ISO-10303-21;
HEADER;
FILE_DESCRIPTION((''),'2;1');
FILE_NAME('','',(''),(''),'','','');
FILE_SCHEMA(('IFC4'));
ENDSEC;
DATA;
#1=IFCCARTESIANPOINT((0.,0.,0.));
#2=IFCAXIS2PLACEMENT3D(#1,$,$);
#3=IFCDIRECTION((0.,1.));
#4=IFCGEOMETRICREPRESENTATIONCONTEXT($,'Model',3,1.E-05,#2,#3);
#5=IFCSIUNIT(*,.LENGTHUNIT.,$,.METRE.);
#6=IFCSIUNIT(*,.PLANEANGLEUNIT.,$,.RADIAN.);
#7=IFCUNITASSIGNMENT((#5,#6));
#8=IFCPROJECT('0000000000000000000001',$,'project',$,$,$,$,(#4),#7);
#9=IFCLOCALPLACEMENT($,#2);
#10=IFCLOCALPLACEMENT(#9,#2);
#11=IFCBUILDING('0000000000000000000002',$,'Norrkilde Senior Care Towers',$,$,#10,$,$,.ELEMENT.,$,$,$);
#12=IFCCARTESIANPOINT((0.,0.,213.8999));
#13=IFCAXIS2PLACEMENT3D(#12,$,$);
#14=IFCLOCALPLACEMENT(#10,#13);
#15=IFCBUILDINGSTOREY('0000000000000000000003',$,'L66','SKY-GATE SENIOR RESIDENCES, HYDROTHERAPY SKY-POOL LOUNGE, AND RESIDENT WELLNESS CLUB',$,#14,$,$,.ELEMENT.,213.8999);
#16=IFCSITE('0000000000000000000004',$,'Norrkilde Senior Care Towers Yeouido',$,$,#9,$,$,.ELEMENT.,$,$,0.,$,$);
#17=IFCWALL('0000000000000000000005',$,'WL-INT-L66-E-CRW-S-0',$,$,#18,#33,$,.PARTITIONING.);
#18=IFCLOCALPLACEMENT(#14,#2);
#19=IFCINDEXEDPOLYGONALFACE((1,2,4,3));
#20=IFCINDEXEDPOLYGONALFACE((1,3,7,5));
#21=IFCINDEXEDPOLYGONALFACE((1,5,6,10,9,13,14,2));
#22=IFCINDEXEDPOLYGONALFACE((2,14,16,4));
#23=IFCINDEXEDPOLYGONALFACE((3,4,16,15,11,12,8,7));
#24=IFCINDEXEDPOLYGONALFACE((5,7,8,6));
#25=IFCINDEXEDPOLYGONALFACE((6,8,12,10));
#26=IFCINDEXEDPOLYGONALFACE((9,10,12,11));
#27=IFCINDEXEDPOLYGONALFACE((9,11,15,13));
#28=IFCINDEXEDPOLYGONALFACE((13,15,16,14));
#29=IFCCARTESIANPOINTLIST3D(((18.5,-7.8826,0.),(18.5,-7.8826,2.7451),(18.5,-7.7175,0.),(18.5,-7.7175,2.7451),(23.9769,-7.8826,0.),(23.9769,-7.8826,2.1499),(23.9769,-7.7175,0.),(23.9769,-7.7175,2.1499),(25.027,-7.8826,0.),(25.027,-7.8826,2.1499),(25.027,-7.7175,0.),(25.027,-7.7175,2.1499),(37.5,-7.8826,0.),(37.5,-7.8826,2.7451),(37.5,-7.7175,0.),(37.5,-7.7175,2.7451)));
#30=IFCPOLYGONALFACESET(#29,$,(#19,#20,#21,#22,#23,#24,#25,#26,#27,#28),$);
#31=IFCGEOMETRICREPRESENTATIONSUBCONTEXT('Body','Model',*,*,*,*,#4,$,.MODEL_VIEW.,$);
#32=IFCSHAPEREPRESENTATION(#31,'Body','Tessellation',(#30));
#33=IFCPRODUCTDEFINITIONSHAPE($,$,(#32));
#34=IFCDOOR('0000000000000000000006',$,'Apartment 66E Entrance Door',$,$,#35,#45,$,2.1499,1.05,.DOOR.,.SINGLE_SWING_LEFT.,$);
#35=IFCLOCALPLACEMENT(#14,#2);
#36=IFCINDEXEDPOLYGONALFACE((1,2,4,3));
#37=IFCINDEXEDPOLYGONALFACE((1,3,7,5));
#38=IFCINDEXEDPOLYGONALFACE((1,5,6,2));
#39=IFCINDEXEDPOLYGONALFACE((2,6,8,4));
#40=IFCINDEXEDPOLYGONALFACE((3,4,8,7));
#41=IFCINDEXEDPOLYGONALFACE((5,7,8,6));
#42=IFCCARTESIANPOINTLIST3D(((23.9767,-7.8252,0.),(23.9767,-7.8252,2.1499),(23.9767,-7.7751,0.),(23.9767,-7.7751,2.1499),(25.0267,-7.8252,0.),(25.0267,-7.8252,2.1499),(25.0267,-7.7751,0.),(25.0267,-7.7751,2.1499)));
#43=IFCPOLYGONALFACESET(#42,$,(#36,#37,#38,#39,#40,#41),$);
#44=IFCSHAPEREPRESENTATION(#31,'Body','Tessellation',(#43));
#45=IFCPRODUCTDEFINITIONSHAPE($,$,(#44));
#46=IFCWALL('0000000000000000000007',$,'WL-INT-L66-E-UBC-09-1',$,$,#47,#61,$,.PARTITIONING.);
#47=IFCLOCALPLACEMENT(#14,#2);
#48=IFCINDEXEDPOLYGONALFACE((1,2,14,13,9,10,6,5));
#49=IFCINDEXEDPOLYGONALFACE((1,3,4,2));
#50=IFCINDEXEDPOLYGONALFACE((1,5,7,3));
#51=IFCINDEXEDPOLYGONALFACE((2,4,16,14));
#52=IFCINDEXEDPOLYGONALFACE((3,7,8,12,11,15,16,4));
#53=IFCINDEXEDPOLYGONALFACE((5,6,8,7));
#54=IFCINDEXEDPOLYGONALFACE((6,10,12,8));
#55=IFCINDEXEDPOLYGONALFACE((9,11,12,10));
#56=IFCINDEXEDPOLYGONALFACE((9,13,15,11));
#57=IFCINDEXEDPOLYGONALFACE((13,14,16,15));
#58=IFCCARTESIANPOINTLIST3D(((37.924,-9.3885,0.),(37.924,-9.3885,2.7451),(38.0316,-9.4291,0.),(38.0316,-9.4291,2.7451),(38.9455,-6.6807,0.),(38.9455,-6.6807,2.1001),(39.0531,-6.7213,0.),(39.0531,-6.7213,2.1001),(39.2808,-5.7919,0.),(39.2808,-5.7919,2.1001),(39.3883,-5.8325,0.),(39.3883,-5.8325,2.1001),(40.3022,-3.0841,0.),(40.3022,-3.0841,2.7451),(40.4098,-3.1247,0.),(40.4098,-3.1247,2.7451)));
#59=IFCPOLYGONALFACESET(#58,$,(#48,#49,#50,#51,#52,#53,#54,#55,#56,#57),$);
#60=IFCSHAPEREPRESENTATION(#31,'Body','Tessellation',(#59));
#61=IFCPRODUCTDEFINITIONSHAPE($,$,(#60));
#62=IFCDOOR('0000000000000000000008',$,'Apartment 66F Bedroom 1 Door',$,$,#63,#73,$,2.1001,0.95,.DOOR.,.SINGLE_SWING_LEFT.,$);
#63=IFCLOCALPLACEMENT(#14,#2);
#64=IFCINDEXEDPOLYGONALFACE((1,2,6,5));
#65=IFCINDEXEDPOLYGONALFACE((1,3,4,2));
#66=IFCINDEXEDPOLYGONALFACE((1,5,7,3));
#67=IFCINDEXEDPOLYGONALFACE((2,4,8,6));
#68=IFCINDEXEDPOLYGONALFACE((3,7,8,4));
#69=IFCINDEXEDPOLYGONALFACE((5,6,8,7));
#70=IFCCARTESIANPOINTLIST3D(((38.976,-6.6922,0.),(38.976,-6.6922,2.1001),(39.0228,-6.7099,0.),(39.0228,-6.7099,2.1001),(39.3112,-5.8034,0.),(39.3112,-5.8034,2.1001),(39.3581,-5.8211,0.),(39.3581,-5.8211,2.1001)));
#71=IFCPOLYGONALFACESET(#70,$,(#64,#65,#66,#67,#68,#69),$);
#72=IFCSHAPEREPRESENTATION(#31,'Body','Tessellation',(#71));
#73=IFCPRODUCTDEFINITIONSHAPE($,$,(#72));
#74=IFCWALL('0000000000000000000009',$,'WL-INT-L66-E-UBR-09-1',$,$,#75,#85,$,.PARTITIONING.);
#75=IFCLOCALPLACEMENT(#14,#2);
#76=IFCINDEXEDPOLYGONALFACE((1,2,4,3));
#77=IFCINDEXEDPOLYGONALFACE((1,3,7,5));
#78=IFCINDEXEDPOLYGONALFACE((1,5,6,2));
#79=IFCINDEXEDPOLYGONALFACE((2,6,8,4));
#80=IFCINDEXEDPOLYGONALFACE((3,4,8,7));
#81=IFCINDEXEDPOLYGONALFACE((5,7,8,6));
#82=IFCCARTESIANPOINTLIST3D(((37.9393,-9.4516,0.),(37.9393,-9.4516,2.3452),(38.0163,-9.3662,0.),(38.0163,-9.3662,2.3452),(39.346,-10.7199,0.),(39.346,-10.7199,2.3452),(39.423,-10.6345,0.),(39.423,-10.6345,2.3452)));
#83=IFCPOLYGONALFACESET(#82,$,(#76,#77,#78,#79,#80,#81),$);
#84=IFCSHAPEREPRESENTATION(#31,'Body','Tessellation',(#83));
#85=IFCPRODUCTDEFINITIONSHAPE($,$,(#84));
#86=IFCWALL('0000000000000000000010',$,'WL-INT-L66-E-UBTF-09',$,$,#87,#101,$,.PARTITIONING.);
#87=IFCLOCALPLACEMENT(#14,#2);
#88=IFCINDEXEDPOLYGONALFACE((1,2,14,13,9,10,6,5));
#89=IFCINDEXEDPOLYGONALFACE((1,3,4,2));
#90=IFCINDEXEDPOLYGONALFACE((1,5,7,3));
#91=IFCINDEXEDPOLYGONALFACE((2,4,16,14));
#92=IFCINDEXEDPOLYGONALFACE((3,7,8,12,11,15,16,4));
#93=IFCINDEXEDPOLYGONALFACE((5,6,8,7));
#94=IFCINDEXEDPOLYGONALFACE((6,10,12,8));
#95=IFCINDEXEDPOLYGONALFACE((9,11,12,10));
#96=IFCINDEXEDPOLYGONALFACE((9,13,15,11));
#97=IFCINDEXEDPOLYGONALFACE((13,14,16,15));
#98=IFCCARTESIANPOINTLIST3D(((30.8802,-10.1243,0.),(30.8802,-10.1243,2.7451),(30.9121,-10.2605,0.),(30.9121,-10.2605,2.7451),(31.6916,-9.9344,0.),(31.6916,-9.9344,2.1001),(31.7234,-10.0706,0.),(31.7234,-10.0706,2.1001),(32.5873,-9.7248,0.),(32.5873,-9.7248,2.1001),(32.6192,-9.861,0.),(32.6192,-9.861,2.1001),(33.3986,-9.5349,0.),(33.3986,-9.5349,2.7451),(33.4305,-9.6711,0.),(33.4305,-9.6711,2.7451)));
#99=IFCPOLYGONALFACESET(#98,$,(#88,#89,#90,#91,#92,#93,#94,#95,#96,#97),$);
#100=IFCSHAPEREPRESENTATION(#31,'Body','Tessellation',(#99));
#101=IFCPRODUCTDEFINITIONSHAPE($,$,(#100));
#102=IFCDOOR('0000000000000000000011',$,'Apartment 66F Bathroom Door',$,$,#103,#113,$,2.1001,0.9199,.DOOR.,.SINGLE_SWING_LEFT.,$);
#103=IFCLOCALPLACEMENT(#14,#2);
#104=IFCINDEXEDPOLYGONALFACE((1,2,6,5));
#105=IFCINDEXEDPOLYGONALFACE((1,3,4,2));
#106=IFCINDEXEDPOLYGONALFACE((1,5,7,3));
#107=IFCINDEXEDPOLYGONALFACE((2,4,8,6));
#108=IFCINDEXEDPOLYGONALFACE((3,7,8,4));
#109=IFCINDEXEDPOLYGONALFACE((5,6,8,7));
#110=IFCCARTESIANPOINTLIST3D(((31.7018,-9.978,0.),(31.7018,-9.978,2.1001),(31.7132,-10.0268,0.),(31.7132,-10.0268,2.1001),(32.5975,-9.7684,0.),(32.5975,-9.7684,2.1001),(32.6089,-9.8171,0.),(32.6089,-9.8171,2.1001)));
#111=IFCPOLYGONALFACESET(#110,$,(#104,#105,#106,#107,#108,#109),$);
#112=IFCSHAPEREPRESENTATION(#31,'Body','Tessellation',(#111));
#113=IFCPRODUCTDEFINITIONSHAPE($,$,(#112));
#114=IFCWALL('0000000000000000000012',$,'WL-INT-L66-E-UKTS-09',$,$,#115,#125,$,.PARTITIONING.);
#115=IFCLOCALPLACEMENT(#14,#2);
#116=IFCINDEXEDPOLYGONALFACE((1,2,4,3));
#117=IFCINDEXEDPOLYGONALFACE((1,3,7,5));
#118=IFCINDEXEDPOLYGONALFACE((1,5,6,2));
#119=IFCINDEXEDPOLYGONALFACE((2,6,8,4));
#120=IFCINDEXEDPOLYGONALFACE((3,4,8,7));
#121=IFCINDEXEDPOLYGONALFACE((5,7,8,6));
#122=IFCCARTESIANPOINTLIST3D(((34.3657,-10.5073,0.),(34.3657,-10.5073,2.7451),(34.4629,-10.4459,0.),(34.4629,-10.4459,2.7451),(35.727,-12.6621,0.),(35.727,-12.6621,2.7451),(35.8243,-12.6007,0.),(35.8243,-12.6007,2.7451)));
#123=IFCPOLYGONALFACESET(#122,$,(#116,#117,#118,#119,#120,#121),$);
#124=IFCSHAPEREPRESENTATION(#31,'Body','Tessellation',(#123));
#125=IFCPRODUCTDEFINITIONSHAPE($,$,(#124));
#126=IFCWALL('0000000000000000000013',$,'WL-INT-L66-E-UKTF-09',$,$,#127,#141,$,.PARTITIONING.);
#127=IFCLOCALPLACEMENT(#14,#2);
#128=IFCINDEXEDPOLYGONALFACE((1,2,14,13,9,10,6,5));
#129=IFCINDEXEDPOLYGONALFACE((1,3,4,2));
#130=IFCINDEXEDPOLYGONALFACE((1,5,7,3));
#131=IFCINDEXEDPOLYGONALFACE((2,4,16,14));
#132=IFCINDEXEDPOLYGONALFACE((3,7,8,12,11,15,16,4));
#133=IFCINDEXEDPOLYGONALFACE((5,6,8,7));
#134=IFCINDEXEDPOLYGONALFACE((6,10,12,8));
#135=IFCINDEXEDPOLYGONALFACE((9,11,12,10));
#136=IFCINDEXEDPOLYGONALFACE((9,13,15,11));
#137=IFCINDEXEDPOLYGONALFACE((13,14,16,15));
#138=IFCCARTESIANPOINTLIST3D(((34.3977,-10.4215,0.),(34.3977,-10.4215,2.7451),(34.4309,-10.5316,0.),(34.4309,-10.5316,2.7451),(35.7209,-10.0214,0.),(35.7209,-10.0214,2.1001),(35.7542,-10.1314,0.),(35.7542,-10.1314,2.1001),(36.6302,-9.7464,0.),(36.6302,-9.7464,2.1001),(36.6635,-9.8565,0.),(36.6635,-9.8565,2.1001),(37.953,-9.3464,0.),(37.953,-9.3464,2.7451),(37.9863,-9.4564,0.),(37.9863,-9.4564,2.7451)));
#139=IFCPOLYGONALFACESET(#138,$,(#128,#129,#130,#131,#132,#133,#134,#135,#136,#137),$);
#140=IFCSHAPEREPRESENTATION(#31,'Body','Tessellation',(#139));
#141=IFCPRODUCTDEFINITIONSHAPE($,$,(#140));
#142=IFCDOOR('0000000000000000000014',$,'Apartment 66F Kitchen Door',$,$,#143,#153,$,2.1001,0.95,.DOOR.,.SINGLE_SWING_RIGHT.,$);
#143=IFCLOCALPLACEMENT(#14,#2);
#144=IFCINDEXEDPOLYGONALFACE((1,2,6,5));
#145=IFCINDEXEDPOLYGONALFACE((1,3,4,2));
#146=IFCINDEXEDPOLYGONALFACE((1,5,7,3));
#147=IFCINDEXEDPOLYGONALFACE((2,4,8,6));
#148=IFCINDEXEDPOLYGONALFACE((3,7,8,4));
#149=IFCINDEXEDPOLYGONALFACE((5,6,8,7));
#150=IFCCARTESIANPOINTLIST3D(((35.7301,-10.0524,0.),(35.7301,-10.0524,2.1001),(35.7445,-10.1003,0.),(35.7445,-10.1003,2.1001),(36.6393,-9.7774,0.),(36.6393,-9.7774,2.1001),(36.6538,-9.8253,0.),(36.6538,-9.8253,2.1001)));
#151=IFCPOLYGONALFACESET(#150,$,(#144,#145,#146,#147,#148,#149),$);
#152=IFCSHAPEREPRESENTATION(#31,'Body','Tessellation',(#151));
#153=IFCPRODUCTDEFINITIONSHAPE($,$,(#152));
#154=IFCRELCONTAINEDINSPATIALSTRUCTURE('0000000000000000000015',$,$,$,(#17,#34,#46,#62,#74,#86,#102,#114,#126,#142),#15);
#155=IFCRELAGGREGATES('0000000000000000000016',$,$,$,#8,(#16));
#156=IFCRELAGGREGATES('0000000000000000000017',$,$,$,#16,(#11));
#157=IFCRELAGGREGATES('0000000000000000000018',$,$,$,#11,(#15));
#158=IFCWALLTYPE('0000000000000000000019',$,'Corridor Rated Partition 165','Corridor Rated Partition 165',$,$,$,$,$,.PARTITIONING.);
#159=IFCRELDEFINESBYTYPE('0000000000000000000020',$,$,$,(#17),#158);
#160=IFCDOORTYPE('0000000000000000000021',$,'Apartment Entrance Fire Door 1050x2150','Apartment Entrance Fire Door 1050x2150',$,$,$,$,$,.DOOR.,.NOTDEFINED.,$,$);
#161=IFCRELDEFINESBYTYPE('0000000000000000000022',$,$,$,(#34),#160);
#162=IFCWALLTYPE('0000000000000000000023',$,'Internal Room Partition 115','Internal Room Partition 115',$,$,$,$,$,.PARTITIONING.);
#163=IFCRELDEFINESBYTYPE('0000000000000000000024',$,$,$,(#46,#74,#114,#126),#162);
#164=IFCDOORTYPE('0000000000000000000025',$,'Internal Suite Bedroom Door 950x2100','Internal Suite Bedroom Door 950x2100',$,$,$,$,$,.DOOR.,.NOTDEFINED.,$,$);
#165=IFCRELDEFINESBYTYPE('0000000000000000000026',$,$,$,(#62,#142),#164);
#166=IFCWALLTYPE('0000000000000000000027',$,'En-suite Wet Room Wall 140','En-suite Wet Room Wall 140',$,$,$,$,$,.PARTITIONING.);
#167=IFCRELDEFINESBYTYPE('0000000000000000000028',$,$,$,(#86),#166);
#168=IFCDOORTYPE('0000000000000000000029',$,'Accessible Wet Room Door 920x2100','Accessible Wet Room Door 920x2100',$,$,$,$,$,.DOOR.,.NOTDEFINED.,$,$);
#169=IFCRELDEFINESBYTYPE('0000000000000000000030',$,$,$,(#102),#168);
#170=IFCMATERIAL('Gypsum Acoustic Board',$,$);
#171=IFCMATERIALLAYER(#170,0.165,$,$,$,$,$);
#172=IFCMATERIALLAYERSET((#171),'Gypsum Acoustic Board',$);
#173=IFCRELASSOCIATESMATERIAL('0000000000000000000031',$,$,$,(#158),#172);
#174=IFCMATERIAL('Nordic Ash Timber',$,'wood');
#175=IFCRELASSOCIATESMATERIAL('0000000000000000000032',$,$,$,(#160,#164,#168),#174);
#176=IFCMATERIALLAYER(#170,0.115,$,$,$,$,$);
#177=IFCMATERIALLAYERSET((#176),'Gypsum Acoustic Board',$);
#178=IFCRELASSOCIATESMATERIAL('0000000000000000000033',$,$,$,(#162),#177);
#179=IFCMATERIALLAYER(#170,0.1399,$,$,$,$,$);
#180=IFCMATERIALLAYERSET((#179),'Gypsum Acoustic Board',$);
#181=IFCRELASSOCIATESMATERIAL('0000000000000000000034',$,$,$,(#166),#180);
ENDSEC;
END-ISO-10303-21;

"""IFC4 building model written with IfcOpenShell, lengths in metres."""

from ifc_helpers import new_model, si_unit, direction, frame, frame_2d, origin, place, context, subcontext, project, spatial, rectangle, extrude, source, transform, mapped, material, layer, layer_set, type_object, type_shapes, element, fill, save


model = new_model("IFC4")

# Units and contexts
model_context = context("Model", 3, precision=1e-05, world=origin(), true_north=direction((0.0, 1.0)))
body_context = subcontext(model_context, "Body", "Model", "MODEL_VIEW")
ifc_project = project(units=[si_unit("LENGTHUNIT", "METRE"), si_unit("PLANEANGLEUNIT", "RADIAN")], contexts=[model_context])

# Site, building, storey
site_placement = place(None, origin())
site = spatial("IfcSite", under=ifc_project, at=site_placement, Name="Norrkilde Senior Care Towers Yeouido", CompositionType="ELEMENT", RefElevation=0.0)
building_placement = place(site_placement, origin())
building = spatial("IfcBuilding", under=site, at=building_placement, Name="Norrkilde Senior Care Towers", CompositionType="ELEMENT")
storey_placement = place(building_placement, frame((0.0, 0.0, 213.8999)))
storey = spatial("IfcBuildingStorey", under=building, at=storey_placement, Name="L66", Description="SKY-GATE SENIOR RESIDENCES, HYDROTHERAPY SKY-POOL LOUNGE, AND RESIDENT WELLNESS CLUB", CompositionType="ELEMENT", Elevation=213.8999)

# Walls, openings, doors
ifc_material_1 = material(Name="Gypsum Acoustic Board")
ifc_layer_1 = layer(ifc_material_1, 0.165)
ifc_layer_set_1 = layer_set([ifc_layer_1], Name="Gypsum Acoustic Board")
wall_type_1 = type_object("IfcWallType", Name="Corridor Rated Partition 165", Description="Corridor Rated Partition 165", PredefinedType="PARTITIONING", material=ifc_layer_set_1)
shared_shape_1 = source(origin(), body_context, "Body", "SweptSolid", [
    extrude(rectangle(XDim=19.0, YDim=0.165, at=frame_2d((9.5, 0.0))), origin(), (0.0, 0.0, 1.0), 2.7451),
])
type_shapes(wall_type_1, [shared_shape_1])
wall_1_placement = place(storey_placement, frame((37.5, -7.8, 0.0), z_axis=(0.0, 0.0, 1.0), x_axis=(-1.0, 0.0, 0.0)))
wall_1 = element("IfcWall", 1, at=wall_1_placement, inside=storey, type_object=wall_type_1, Name="WL-INT-L66-E-CRW-S-0", PredefinedType="PARTITIONING", context=body_context, shape_type="MappedRepresentation", body=[
    mapped(shared_shape_1, transform((0.0, 0.0, 0.0), x_axis=(1.0, 0.0, 0.0), y_axis=(0.0, 1.0, 0.0), z_axis=(0.0, 0.0, 1.0), scale=1.0)),
])
opening_1_placement = place(wall_1_placement, frame((12.4731, 0.0, 0.0)))
opening_1 = element("IfcOpeningElement", 2, at=opening_1_placement, cuts=wall_1, PredefinedType="OPENING", context=body_context, shape_type="SweptSolid", body=[
    extrude(rectangle(XDim=1.05, YDim=2.1499, at=frame_2d((0.5249, 1.075))), frame((0.0, 0.0925, 0.0), z_axis=(0.0, -1.0, 0.0), x_axis=(1.0, 0.0, 0.0)), (0.0, 0.0, 1.0), 0.1851),
])
ifc_material_2 = material(Name="Nordic Ash Timber", Category="wood")
door_type_1 = type_object("IfcDoorType", Name="Apartment Entrance Fire Door 1050x2150", Description="Apartment Entrance Fire Door 1050x2150", OperationType="NOTDEFINED", PredefinedType="DOOR", material=ifc_material_2)
shared_shape_2 = source(origin(), body_context, "Body", "SweptSolid", [
    extrude(rectangle(XDim=1.05, YDim=2.1499, at=frame_2d((0.5249, 1.075))), frame((0.0, 0.0249, 0.0), z_axis=(0.0, -1.0, 0.0), x_axis=(1.0, 0.0, 0.0)), (0.0, 0.0, 1.0), 0.05),
])
type_shapes(door_type_1, [shared_shape_2])
door_1_placement = place(opening_1_placement, frame((1.05, 0.0, 0.0), z_axis=(0.0, 0.0, 1.0), x_axis=(-1.0, 0.0, 0.0)))
door_1 = element("IfcDoor", 3, at=door_1_placement, inside=storey, type_object=door_type_1, Name="Apartment 66E Entrance Door", OperationType="SINGLE_SWING_LEFT", OverallHeight=2.1499, OverallWidth=1.05, PredefinedType="DOOR", context=body_context, shape_type="MappedRepresentation", body=[
    mapped(shared_shape_2, transform((0.0, 0.0, 0.0), x_axis=(1.0, 0.0, 0.0), y_axis=(0.0, 1.0, 0.0), z_axis=(0.0, 0.0, 1.0), scale=1.0)),
])
fill(opening_1, door_1)
ifc_layer_2 = layer(ifc_material_1, 0.115)
ifc_layer_set_2 = layer_set([ifc_layer_2], Name="Gypsum Acoustic Board")
wall_type_2 = type_object("IfcWallType", Name="Internal Room Partition 115", Description="Internal Room Partition 115", PredefinedType="PARTITIONING", material=ifc_layer_set_2)
shared_shape_3 = source(origin(), body_context, "Body", "SweptSolid", [
    extrude(rectangle(XDim=6.738, YDim=0.115, at=frame_2d((3.3691, 0.0))), origin(), (0.0, 0.0, 1.0), 2.7451),
])
wall_2_placement = place(storey_placement, frame((37.9778, -9.4089, 0.0), z_axis=(0.0, 0.0, 1.0), x_axis=(0.352945, 0.935644, 0.0)))
wall_2 = element("IfcWall", 4, at=wall_2_placement, inside=storey, type_object=wall_type_2, Name="WL-INT-L66-E-UBC-09-1", PredefinedType="PARTITIONING", context=body_context, shape_type="MappedRepresentation", body=[
    mapped(shared_shape_3, transform((0.0, 0.0, 0.0), x_axis=(1.0, 0.0, 0.0), y_axis=(0.0, 1.0, 0.0), z_axis=(0.0, 0.0, 1.0), scale=1.0)),
])
opening_2_placement = place(wall_2_placement, frame((2.894, 0.0, 0.0)))
opening_2 = element("IfcOpeningElement", 5, at=opening_2_placement, cuts=wall_2, PredefinedType="OPENING", context=body_context, shape_type="SweptSolid", body=[
    extrude(rectangle(XDim=0.95, YDim=2.1001, at=frame_2d((0.4751, 1.05))), frame((0.0, 0.0674, 0.0), z_axis=(0.0, -1.0, 0.0), x_axis=(1.0, 0.0, 0.0)), (0.0, 0.0, 1.0), 0.135),
])
door_type_2 = type_object("IfcDoorType", Name="Internal Suite Bedroom Door 950x2100", Description="Internal Suite Bedroom Door 950x2100", OperationType="NOTDEFINED", PredefinedType="DOOR", material=ifc_material_2)
shared_shape_4 = source(origin(), body_context, "Body", "SweptSolid", [
    extrude(rectangle(XDim=0.95, YDim=2.1001, at=frame_2d((0.4751, 1.05))), frame((0.0, 0.0249, 0.0), z_axis=(0.0, -1.0, 0.0), x_axis=(1.0, 0.0, 0.0)), (0.0, 0.0, 1.0), 0.05),
])
type_shapes(door_type_2, [shared_shape_4])
door_2_placement = place(opening_2_placement, origin())
door_2 = element("IfcDoor", 6, at=door_2_placement, inside=storey, type_object=door_type_2, Name="Apartment 66F Bedroom 1 Door", OperationType="SINGLE_SWING_LEFT", OverallHeight=2.1001, OverallWidth=0.95, PredefinedType="DOOR", context=body_context, shape_type="MappedRepresentation", body=[
    mapped(shared_shape_4, transform((0.0, 0.0, 0.0), x_axis=(1.0, 0.0, 0.0), y_axis=(0.0, 1.0, 0.0), z_axis=(0.0, 0.0, 1.0), scale=1.0)),
])
fill(opening_2, door_2)

# Wall
shared_shape_5 = source(origin(), body_context, "Body", "SweptSolid", [
    extrude(rectangle(XDim=1.894, YDim=0.115, at=frame_2d((0.947, 0.0))), origin(), (0.0, 0.0, 1.0), 2.3452),
])
wall_3_placement = place(storey_placement, frame((37.9778, -9.4089, 0.0), z_axis=(0.0, 0.0, 1.0), x_axis=(0.742704, -0.66962, 0.0)))
element("IfcWall", 7, at=wall_3_placement, inside=storey, type_object=wall_type_2, Name="WL-INT-L66-E-UBR-09-1", PredefinedType="PARTITIONING", context=body_context, shape_type="MappedRepresentation", body=[
    mapped(shared_shape_5, transform((0.0, 0.0, 0.0), x_axis=(1.0, 0.0, 0.0), y_axis=(0.0, 1.0, 0.0), z_axis=(0.0, 0.0, 1.0), scale=1.0)),
])

# Wall, opening, door
ifc_layer_3 = layer(ifc_material_1, 0.1399)
ifc_layer_set_3 = layer_set([ifc_layer_3], Name="Gypsum Acoustic Board")
wall_type_3 = type_object("IfcWallType", Name="En-suite Wet Room Wall 140", Description="En-suite Wet Room Wall 140", PredefinedType="PARTITIONING", material=ifc_layer_set_3)
shared_shape_6 = source(origin(), body_context, "Body", "SweptSolid", [
    extrude(rectangle(XDim=2.5864, YDim=0.1399, at=frame_2d((1.2932, 0.0))), origin(), (0.0, 0.0, 1.0), 2.7451),
])
type_shapes(wall_type_3, [shared_shape_6])
wall_4_placement = place(storey_placement, frame((33.4146, -9.603, 0.0), z_axis=(0.0, 0.0, 1.0), x_axis=(-0.973691, -0.227871, 0.0)))
wall_4 = element("IfcWall", 8, at=wall_4_placement, inside=storey, type_object=wall_type_3, Name="WL-INT-L66-E-UBTF-09", PredefinedType="PARTITIONING", context=body_context, shape_type="MappedRepresentation", body=[
    mapped(shared_shape_6, transform((0.0, 0.0, 0.0), x_axis=(1.0, 0.0, 0.0), y_axis=(0.0, 1.0, 0.0), z_axis=(0.0, 0.0, 1.0), scale=1.0)),
])
opening_3_placement = place(wall_4_placement, frame((0.8333, 0.0, 0.0)))
opening_3 = element("IfcOpeningElement", 9, at=opening_3_placement, cuts=wall_4, PredefinedType="OPENING", context=body_context, shape_type="SweptSolid", body=[
    extrude(rectangle(XDim=0.9199, YDim=2.1001, at=frame_2d((0.46, 1.05))), frame((0.0, 0.0798, 0.0), z_axis=(0.0, -1.0, 0.0), x_axis=(1.0, 0.0, 0.0)), (0.0, 0.0, 1.0), 0.1599),
])
door_type_3 = type_object("IfcDoorType", Name="Accessible Wet Room Door 920x2100", Description="Accessible Wet Room Door 920x2100", OperationType="NOTDEFINED", PredefinedType="DOOR", material=ifc_material_2)
shared_shape_7 = source(origin(), body_context, "Body", "SweptSolid", [
    extrude(rectangle(XDim=0.9199, YDim=2.1001, at=frame_2d((0.46, 1.05))), frame((0.0, 0.0249, 0.0), z_axis=(0.0, -1.0, 0.0), x_axis=(1.0, 0.0, 0.0)), (0.0, 0.0, 1.0), 0.05),
])
type_shapes(door_type_3, [shared_shape_7])
door_3_placement = place(opening_3_placement, origin())
door_3 = element("IfcDoor", 10, at=door_3_placement, inside=storey, type_object=door_type_3, Name="Apartment 66F Bathroom Door", OperationType="SINGLE_SWING_LEFT", OverallHeight=2.1001, OverallWidth=0.9199, PredefinedType="DOOR", context=body_context, shape_type="MappedRepresentation", body=[
    mapped(shared_shape_7, transform((0.0, 0.0, 0.0), x_axis=(1.0, 0.0, 0.0), y_axis=(0.0, 1.0, 0.0), z_axis=(0.0, 0.0, 1.0), scale=1.0)),
])
fill(opening_3, door_3)

# Wall
shared_shape_8 = source(origin(), body_context, "Body", "SweptSolid", [
    extrude(rectangle(XDim=2.5488, YDim=0.115, at=frame_2d((1.2744, 0.0))), origin(), (0.0, 0.0, 1.0), 2.7451),
])
wall_5_placement = place(storey_placement, frame((34.4143, -10.4766, 0.0), z_axis=(0.0, 0.0, 1.0), x_axis=(0.534108, -0.845416, 0.0)))
element("IfcWall", 11, at=wall_5_placement, inside=storey, type_object=wall_type_2, Name="WL-INT-L66-E-UKTS-09", PredefinedType="PARTITIONING", context=body_context, shape_type="MappedRepresentation", body=[
    mapped(shared_shape_8, transform((0.0, 0.0, 0.0), x_axis=(1.0, 0.0, 0.0), y_axis=(0.0, 1.0, 0.0), z_axis=(0.0, 0.0, 1.0), scale=1.0)),
])

# Wall, opening, door
shared_shape_9 = source(origin(), body_context, "Body", "SweptSolid", [
    extrude(rectangle(XDim=3.7144, YDim=0.115, at=frame_2d((1.8572, 0.0))), origin(), (0.0, 0.0, 1.0), 2.7451),
])
type_shapes(wall_type_2, [shared_shape_3, shared_shape_5, shared_shape_8, shared_shape_9])
wall_6_placement = place(storey_placement, frame((34.4143, -10.4766, 0.0), z_axis=(0.0, 0.0, 1.0), x_axis=(0.957189, 0.289464, 0.0)))
wall_6 = element("IfcWall", 12, at=wall_6_placement, inside=storey, type_object=wall_type_2, Name="WL-INT-L66-E-UKTF-09", PredefinedType="PARTITIONING", context=body_context, shape_type="MappedRepresentation", body=[
    mapped(shared_shape_9, transform((0.0, 0.0, 0.0), x_axis=(1.0, 0.0, 0.0), y_axis=(0.0, 1.0, 0.0), z_axis=(0.0, 0.0, 1.0), scale=1.0)),
])
opening_4_placement = place(wall_6_placement, frame((1.3823, 0.0, 0.0)))
opening_4 = element("IfcOpeningElement", 13, at=opening_4_placement, cuts=wall_6, PredefinedType="OPENING", context=body_context, shape_type="SweptSolid", body=[
    extrude(rectangle(XDim=0.95, YDim=2.1001, at=frame_2d((0.4751, 1.05))), frame((0.0, 0.0674, 0.0), z_axis=(0.0, -1.0, 0.0), x_axis=(1.0, 0.0, 0.0)), (0.0, 0.0, 1.0), 0.135),
])
door_4_placement = place(opening_4_placement, frame((0.95, 0.0, 0.0), z_axis=(0.0, 0.0, 1.0), x_axis=(-1.0, 0.0, 0.0)))
door_4 = element("IfcDoor", 14, at=door_4_placement, inside=storey, type_object=door_type_2, Name="Apartment 66F Kitchen Door", OperationType="SINGLE_SWING_RIGHT", OverallHeight=2.1001, OverallWidth=0.95, PredefinedType="DOOR", context=body_context, shape_type="MappedRepresentation", body=[
    mapped(shared_shape_4, transform((0.0, 0.0, 0.0), x_axis=(1.0, 0.0, 0.0), y_axis=(0.0, 1.0, 0.0), z_axis=(0.0, 0.0, 1.0), scale=1.0)),
])
fill(opening_4, door_4)

save(model, "model.ifc")
